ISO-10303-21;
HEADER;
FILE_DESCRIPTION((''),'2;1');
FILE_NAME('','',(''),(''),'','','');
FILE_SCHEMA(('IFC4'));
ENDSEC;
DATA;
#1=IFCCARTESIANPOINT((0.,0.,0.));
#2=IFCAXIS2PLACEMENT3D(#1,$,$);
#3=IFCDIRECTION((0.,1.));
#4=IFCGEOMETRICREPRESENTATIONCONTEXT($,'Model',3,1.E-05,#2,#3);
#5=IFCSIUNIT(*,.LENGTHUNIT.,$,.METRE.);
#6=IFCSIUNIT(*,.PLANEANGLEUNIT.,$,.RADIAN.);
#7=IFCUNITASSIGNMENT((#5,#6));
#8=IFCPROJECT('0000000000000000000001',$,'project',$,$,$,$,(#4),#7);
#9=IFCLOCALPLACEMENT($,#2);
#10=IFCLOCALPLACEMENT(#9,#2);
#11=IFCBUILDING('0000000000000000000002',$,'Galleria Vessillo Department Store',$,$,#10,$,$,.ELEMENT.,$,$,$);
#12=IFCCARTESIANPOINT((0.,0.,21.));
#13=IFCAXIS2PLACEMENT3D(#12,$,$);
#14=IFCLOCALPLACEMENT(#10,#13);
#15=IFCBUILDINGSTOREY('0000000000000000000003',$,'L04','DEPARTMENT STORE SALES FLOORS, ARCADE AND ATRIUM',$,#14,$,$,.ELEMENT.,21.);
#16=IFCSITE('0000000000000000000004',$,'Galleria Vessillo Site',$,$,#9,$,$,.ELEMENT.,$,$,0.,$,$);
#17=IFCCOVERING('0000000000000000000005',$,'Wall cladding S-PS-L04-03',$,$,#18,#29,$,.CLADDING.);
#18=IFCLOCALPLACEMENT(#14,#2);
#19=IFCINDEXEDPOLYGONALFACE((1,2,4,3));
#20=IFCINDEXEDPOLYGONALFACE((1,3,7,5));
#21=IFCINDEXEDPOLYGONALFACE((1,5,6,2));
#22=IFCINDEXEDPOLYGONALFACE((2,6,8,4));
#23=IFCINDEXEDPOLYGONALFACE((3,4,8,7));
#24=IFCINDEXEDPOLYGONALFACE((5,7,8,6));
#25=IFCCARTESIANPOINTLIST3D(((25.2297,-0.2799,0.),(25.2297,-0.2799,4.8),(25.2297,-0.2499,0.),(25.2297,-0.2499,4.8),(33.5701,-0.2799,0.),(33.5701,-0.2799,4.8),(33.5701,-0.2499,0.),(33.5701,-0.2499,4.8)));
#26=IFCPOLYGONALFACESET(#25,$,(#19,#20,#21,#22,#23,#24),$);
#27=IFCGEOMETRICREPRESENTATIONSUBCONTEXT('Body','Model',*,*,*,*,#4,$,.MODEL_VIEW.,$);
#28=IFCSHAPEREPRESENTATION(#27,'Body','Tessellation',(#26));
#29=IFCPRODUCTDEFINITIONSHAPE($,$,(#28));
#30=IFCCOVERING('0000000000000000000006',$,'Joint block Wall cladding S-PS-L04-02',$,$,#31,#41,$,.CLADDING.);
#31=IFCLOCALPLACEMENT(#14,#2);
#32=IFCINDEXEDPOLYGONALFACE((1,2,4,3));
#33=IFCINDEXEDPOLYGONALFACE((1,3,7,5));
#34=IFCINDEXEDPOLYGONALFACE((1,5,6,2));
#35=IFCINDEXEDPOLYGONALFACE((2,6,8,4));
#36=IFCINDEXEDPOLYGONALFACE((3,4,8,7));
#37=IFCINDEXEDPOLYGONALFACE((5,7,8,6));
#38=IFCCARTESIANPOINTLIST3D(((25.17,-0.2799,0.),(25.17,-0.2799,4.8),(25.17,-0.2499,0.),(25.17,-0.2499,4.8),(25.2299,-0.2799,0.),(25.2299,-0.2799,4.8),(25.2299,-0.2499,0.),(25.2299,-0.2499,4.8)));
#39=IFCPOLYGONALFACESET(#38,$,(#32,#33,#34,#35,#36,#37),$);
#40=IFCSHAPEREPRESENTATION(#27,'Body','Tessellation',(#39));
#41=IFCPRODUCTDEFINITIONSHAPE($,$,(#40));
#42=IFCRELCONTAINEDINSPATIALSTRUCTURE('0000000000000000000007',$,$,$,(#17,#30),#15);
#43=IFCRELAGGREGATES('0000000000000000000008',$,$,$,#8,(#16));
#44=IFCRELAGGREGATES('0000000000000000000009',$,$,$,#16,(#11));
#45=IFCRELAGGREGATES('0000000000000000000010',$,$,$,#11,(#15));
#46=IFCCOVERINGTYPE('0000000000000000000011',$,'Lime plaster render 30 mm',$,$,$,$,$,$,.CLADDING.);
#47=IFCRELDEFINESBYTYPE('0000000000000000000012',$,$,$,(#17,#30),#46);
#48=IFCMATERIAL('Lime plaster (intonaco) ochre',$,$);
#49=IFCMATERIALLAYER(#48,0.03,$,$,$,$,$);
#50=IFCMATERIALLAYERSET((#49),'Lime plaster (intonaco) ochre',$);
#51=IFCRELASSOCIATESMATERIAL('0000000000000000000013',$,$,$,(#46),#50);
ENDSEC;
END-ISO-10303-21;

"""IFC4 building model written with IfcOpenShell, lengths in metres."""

from ifc_helpers import new_model, si_unit, direction, frame, origin, origin_2d, place, context, subcontext, project, spatial, rectangle, extrude, material, layer, layer_set, type_object, element, save


model = new_model("IFC4")

# Units and contexts
model_context = context("Model", 3, precision=1e-05, world=origin(), true_north=direction((0.0, 1.0)))
body_context = subcontext(model_context, "Body", "Model", "MODEL_VIEW")
ifc_project = project(units=[si_unit("LENGTHUNIT", "METRE"), si_unit("PLANEANGLEUNIT", "RADIAN")], contexts=[model_context])

# Site, building, storey
site_placement = place(None, origin())
site = spatial("IfcSite", under=ifc_project, at=site_placement, Name="Galleria Vessillo Site", CompositionType="ELEMENT", RefElevation=0.0)
building_placement = place(site_placement, origin())
building = spatial("IfcBuilding", under=site, at=building_placement, Name="Galleria Vessillo Department Store", CompositionType="ELEMENT")
storey_placement = place(building_placement, frame((0.0, 0.0, 21.0)))
storey = spatial("IfcBuildingStorey", under=building, at=storey_placement, Name="L04", Description="DEPARTMENT STORE SALES FLOORS, ARCADE AND ATRIUM", CompositionType="ELEMENT", Elevation=21.0)

# Coverings
ifc_material_1 = material(Name="Lime plaster (intonaco) ochre")
ifc_layer_1 = layer(ifc_material_1, 0.03)
ifc_layer_set_1 = layer_set([ifc_layer_1], Name="Lime plaster (intonaco) ochre")
covering_type = type_object("IfcCoveringType", Name="Lime plaster render 30 mm", PredefinedType="CLADDING", material=ifc_layer_set_1)
covering_1_placement = place(storey_placement, frame((29.3999, -0.2649, 0.0), z_axis=(0.0, 0.0, 1.0), x_axis=(1.0, 0.0, 0.0)))
element("IfcCovering", 1, at=covering_1_placement, inside=storey, type_object=covering_type, Name="Wall cladding S-PS-L04-03", PredefinedType="CLADDING", context=body_context, shape_type="SweptSolid", body=[
    extrude(rectangle(XDim=8.3403, YDim=0.03, at=origin_2d()), origin(), (0.0, 0.0, 1.0), 4.8),
])
covering_2_placement = place(storey_placement, frame((25.2, -0.2649, 0.0), z_axis=(0.0, 0.0, 1.0), x_axis=(1.0, 0.0, 0.0)))
element("IfcCovering", 2, at=covering_2_placement, inside=storey, type_object=covering_type, Name="Joint block Wall cladding S-PS-L04-02", PredefinedType="CLADDING", context=body_context, shape_type="SweptSolid", body=[
    extrude(rectangle(XDim=0.0598, YDim=0.03, at=origin_2d()), origin(), (0.0, 0.0, 1.0), 4.8),
])

save(model, "model.ifc")
